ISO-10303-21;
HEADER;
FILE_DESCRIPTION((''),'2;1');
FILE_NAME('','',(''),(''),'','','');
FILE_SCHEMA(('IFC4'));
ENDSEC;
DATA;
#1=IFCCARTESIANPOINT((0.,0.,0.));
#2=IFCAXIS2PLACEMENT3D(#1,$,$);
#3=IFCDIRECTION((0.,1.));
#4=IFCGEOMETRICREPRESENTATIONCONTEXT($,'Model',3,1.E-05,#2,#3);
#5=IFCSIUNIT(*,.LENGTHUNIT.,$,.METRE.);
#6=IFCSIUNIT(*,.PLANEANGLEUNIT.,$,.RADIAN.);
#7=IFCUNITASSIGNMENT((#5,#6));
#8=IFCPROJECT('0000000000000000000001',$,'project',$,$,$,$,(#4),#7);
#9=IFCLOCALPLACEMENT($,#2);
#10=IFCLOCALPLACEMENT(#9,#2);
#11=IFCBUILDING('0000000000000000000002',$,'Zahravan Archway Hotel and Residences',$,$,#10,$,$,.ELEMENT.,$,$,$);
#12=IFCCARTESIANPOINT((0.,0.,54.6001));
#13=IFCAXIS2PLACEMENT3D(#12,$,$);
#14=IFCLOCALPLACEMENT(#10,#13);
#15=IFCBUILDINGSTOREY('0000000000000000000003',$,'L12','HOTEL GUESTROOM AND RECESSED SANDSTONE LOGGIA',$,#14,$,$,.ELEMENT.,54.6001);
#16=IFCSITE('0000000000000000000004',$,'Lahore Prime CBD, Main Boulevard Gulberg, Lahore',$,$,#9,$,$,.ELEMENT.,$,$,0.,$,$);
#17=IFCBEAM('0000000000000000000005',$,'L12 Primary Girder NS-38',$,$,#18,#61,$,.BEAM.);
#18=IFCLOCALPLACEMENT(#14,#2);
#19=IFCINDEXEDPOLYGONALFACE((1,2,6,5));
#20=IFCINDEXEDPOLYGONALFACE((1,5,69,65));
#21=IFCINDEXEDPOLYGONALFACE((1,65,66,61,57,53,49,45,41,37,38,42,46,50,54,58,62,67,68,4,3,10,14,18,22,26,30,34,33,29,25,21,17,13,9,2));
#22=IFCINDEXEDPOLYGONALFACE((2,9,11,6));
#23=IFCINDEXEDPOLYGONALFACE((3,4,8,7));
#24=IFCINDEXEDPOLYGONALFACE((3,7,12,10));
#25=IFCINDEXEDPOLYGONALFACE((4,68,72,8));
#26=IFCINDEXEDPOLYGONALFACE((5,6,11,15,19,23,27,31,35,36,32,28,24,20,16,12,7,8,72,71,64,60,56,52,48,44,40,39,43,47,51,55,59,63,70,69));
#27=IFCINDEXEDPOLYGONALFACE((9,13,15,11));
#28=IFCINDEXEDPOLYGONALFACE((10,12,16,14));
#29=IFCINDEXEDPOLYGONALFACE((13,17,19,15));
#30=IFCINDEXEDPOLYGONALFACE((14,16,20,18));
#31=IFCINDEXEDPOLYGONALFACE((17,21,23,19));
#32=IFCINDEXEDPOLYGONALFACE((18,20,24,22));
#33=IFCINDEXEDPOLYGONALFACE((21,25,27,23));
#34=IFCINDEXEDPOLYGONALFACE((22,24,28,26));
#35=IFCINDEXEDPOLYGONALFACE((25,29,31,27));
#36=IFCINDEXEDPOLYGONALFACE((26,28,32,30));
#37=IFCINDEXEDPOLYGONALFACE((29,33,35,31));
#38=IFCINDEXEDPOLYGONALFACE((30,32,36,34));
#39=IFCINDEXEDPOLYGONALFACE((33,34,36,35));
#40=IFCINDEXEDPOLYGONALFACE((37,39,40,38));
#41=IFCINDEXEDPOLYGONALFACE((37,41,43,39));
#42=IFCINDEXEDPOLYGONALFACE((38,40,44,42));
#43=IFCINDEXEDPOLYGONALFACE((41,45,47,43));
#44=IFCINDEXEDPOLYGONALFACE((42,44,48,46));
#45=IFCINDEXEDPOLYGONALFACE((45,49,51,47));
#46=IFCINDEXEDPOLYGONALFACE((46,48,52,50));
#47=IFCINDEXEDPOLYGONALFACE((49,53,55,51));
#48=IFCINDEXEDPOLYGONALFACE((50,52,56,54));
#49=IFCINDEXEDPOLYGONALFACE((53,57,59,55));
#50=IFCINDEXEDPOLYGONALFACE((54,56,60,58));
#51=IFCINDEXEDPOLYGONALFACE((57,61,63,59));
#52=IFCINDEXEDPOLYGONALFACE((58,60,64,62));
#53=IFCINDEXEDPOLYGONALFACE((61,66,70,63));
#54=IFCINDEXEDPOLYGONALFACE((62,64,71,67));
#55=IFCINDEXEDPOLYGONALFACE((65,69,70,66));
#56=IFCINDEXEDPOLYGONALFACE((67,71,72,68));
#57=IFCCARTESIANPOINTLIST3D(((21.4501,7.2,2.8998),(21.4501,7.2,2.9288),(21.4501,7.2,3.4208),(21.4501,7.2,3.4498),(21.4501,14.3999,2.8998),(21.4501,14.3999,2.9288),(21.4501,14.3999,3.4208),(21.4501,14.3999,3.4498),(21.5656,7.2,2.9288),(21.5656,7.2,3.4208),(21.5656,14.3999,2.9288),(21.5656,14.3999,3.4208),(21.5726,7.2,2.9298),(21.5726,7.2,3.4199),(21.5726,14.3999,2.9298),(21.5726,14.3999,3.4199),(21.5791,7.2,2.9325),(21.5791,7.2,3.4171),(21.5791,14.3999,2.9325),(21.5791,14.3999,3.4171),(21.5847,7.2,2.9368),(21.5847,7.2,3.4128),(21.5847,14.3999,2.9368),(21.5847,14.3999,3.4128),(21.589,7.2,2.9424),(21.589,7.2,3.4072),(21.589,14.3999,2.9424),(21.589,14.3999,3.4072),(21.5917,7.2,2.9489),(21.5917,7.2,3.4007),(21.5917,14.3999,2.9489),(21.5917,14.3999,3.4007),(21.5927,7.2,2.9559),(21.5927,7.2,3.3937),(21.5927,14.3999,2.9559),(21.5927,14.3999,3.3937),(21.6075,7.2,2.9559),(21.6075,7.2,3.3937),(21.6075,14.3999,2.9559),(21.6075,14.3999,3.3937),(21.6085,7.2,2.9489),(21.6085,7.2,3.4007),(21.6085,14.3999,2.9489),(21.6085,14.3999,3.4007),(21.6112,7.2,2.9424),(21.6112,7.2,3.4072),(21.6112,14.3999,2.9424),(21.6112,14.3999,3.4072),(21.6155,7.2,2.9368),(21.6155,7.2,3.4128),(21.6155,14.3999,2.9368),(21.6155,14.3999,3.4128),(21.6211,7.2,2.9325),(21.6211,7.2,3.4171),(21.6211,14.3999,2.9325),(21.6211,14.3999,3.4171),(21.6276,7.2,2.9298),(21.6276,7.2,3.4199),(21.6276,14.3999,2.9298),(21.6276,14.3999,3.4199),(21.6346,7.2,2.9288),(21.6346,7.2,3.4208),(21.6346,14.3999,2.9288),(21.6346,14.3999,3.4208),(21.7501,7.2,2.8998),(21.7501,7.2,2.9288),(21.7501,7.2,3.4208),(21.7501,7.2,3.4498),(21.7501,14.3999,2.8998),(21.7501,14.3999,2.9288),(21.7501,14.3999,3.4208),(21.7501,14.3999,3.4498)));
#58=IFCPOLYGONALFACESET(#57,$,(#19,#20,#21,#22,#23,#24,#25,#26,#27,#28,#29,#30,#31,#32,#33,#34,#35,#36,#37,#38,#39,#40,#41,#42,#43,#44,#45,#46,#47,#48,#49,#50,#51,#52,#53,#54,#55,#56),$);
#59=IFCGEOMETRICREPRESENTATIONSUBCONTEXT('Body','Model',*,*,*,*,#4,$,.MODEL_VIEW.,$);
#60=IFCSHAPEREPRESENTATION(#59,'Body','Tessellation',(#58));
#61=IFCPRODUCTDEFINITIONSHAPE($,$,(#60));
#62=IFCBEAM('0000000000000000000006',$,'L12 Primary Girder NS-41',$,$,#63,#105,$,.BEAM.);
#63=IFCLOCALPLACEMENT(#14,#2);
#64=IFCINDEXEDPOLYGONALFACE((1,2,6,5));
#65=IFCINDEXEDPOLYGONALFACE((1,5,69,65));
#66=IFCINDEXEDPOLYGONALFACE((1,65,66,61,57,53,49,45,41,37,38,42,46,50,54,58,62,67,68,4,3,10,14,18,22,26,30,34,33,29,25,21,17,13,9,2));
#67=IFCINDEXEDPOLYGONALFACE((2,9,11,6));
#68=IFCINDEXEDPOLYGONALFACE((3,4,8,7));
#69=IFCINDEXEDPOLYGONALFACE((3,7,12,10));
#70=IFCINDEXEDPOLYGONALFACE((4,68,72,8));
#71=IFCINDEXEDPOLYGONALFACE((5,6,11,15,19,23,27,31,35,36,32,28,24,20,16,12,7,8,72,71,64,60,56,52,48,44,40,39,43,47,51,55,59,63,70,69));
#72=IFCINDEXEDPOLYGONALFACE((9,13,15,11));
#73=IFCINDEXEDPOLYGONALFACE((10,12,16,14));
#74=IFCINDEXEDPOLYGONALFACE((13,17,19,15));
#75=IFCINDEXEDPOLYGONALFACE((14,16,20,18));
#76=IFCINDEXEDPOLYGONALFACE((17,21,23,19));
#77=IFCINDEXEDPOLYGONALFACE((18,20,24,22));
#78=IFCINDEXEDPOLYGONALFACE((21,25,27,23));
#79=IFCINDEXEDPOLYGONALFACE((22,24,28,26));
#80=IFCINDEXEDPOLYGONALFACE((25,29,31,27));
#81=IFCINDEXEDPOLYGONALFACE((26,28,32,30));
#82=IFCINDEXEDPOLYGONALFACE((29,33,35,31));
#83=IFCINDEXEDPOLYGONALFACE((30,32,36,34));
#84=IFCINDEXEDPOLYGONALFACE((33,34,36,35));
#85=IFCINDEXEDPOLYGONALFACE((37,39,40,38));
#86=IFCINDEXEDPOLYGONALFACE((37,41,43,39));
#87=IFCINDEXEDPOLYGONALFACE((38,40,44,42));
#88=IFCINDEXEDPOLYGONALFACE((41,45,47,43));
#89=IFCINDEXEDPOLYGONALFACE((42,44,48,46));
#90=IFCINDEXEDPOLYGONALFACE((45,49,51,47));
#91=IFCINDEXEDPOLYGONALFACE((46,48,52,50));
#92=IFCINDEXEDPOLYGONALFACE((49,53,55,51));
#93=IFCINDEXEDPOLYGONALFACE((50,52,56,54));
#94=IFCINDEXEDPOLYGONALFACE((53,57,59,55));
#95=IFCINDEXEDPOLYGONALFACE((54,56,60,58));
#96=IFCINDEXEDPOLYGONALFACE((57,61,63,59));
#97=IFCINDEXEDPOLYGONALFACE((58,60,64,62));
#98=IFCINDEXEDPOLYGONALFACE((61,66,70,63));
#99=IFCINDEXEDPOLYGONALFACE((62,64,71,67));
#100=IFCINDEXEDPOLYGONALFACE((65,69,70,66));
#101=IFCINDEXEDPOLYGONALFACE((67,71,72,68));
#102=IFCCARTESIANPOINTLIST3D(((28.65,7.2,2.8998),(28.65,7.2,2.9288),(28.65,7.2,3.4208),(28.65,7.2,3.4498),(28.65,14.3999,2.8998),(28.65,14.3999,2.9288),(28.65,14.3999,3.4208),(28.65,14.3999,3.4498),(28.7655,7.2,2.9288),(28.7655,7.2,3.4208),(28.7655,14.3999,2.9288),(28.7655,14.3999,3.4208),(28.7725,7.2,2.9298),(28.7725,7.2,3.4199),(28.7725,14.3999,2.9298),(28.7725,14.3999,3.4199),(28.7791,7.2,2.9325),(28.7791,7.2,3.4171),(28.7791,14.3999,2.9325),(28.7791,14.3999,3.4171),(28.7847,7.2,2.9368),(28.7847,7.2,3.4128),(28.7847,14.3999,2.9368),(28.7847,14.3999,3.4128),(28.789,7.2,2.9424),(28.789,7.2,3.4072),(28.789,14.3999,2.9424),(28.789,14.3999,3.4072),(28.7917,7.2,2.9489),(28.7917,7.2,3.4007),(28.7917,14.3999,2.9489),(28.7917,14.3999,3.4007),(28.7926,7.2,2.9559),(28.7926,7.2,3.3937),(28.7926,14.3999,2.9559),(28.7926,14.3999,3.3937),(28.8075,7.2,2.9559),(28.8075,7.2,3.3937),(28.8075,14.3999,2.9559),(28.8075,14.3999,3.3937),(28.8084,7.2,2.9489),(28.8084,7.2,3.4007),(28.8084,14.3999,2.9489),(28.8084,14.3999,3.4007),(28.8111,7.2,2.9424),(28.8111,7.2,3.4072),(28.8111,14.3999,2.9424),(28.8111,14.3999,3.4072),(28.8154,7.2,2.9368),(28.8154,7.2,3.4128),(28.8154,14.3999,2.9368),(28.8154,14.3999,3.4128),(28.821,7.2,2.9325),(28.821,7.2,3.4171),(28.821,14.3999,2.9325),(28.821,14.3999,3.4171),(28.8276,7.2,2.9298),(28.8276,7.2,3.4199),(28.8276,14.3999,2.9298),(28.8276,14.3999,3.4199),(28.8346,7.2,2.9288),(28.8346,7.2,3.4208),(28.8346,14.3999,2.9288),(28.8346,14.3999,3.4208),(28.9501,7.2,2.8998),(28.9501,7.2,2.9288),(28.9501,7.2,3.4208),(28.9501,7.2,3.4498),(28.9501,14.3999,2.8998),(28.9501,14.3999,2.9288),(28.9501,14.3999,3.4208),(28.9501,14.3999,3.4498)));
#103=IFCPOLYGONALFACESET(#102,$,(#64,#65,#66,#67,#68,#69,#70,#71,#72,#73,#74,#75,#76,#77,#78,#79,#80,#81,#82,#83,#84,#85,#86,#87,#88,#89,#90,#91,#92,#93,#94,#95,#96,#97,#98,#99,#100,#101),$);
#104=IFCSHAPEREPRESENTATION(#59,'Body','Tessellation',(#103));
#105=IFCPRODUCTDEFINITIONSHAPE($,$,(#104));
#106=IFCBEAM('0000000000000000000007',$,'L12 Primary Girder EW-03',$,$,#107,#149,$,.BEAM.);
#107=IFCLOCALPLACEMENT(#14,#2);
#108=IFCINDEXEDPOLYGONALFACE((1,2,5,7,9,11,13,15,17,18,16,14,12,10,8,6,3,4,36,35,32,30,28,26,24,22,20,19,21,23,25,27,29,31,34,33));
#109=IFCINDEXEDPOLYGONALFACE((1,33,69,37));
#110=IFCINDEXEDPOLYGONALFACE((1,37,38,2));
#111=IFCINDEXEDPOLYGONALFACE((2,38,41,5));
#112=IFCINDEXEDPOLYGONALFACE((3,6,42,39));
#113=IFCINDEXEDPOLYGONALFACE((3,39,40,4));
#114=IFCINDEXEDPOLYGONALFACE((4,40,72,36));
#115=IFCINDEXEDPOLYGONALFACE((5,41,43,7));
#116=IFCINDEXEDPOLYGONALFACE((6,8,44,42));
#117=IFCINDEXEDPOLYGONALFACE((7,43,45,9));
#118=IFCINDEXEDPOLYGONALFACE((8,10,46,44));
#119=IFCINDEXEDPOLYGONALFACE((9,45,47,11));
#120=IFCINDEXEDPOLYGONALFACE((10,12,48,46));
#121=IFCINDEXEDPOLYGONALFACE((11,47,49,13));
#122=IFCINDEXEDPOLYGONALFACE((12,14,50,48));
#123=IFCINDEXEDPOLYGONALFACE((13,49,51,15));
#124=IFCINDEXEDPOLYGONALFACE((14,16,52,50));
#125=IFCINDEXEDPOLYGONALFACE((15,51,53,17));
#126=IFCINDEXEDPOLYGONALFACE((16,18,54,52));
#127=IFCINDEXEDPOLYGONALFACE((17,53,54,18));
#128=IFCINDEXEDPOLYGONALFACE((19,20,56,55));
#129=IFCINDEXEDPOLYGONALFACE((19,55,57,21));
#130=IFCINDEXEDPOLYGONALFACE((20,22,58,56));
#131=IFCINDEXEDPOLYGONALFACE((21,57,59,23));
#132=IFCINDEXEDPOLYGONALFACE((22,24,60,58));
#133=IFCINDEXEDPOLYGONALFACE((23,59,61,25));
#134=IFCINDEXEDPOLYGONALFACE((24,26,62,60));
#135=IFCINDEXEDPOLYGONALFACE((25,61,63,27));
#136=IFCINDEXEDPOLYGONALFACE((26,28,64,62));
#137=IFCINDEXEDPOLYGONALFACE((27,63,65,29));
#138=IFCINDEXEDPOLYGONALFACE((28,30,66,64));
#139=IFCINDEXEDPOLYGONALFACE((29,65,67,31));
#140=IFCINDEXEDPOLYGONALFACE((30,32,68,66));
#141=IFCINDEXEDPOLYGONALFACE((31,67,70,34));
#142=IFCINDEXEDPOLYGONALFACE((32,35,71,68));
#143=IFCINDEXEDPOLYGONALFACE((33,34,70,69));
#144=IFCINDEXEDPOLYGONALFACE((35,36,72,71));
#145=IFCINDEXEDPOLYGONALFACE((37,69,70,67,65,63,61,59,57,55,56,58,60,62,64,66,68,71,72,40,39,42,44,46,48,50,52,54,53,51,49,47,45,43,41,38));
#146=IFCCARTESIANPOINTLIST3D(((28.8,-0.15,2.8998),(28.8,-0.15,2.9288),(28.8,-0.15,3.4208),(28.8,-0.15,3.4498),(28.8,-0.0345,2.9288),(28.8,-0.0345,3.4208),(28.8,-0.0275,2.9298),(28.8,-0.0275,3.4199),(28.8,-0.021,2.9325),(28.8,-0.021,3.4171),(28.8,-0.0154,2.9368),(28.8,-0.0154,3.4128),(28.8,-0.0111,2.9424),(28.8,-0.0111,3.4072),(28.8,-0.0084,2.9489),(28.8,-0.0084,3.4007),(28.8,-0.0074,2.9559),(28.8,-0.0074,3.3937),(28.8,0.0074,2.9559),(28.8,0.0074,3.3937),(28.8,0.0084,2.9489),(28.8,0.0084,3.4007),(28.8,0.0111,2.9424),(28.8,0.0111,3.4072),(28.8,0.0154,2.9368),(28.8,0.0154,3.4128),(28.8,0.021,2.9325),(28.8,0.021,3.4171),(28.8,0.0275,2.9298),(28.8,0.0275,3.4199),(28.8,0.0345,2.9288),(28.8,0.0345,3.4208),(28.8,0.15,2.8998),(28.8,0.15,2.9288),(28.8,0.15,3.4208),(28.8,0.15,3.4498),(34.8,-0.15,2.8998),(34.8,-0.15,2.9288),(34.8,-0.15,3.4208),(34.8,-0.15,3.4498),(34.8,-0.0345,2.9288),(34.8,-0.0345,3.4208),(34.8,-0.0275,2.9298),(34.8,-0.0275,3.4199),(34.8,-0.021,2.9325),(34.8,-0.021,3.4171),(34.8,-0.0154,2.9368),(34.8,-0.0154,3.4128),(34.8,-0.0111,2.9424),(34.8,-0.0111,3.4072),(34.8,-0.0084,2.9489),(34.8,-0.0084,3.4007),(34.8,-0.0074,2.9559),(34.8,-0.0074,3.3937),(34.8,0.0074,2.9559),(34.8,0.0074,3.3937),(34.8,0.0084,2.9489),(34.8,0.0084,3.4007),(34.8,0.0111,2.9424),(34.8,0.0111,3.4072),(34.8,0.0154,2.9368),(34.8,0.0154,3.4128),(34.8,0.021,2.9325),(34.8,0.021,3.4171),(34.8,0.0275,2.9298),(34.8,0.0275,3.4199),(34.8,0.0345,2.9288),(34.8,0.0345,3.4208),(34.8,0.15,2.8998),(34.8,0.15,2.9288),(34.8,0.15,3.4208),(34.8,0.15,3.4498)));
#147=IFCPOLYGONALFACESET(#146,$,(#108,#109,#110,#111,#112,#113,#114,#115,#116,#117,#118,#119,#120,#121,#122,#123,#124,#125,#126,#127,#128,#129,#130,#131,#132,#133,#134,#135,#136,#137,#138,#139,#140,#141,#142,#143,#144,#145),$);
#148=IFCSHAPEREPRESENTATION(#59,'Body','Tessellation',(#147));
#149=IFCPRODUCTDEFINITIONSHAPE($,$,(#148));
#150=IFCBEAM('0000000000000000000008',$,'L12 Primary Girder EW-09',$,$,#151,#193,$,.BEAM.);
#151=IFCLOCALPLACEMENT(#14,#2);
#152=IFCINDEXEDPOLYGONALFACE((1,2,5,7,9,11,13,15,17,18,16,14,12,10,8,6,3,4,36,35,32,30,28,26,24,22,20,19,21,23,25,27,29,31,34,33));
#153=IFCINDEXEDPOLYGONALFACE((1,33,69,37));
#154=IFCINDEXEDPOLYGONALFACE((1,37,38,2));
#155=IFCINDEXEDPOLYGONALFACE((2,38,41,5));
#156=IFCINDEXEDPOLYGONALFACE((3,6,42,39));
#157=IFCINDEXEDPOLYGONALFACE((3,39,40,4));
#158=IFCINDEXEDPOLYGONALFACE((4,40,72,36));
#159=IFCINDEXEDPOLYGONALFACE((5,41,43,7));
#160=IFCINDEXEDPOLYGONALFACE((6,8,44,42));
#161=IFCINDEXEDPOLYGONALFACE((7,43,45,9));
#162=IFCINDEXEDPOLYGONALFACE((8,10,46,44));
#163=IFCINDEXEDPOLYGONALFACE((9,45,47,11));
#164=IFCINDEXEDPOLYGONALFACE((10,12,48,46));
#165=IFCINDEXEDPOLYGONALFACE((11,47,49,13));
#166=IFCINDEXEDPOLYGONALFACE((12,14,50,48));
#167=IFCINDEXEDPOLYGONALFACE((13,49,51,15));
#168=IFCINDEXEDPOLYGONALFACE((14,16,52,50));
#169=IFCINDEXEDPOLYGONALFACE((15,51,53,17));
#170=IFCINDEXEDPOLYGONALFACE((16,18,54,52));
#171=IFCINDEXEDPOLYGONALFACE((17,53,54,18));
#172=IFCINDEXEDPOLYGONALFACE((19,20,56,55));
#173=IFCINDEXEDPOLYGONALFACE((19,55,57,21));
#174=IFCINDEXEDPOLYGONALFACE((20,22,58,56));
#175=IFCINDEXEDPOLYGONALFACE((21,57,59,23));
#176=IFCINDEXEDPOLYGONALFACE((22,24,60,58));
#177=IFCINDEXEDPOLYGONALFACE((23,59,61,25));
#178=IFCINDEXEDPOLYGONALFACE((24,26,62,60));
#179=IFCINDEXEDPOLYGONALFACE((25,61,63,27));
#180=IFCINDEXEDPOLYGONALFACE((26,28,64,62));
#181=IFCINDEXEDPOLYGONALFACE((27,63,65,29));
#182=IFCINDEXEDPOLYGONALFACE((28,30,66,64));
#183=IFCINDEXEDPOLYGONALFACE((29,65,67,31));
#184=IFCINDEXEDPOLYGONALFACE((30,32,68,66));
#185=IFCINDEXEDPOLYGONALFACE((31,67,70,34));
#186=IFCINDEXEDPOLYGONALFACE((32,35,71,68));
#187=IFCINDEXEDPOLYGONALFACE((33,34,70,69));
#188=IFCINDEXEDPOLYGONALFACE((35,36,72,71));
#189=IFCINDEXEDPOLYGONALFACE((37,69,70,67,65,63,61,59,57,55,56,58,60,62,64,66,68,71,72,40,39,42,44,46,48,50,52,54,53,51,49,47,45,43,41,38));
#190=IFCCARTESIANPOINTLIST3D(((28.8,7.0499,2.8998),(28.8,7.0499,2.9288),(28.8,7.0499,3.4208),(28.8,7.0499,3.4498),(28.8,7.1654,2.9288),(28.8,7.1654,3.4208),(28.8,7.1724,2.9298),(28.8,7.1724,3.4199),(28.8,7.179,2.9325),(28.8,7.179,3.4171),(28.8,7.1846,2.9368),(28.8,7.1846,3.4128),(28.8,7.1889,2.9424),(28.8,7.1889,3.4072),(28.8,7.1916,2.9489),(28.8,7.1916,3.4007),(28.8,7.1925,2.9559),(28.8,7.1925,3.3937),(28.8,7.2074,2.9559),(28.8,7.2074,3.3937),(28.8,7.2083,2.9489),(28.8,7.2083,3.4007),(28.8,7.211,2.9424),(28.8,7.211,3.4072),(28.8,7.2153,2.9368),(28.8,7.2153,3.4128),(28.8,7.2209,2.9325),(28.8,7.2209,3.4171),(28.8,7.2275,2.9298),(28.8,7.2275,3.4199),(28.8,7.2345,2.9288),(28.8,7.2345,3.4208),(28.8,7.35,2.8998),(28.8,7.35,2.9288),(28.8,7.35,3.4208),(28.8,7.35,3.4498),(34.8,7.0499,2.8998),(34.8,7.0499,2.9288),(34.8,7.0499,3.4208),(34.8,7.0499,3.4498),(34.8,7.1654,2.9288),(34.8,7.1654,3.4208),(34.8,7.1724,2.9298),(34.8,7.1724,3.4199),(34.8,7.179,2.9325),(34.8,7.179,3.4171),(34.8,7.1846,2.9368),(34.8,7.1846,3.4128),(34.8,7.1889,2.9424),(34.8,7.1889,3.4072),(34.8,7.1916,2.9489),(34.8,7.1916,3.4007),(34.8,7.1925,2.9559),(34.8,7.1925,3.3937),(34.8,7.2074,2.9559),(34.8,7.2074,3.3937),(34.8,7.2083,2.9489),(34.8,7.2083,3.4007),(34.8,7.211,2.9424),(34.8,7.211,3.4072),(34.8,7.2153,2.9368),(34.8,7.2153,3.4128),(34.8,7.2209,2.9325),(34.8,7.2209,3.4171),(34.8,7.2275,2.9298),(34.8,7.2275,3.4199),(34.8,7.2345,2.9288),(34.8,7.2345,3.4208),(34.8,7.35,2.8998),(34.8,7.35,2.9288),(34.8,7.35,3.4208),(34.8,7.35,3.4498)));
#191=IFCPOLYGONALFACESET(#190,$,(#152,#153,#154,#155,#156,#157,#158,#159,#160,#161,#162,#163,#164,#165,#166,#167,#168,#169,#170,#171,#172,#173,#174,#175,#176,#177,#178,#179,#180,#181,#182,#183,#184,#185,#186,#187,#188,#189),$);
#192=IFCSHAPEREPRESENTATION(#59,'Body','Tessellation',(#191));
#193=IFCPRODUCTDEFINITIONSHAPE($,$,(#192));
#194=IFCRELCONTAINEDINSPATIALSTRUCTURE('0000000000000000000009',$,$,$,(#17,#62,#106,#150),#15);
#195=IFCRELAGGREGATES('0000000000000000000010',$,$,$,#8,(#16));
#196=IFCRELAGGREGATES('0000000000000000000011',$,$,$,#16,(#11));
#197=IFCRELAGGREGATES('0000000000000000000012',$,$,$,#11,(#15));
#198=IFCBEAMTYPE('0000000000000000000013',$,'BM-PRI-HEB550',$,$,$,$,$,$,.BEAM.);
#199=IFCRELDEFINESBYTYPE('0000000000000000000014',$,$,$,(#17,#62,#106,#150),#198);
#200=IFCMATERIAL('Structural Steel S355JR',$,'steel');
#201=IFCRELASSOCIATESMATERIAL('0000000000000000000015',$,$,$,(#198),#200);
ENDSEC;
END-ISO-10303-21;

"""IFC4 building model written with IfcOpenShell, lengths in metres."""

from ifc_helpers import new_model, si_unit, direction, frame, origin, origin_2d, place, context, subcontext, project, spatial, i_section, extrude, source, transform, mapped, material, material_profile, profile_set, type_object, element, save


model = new_model("IFC4")

# Units and contexts
model_context = context("Model", 3, precision=1e-05, world=origin(), true_north=direction((0.0, 1.0)))
body_context = subcontext(model_context, "Body", "Model", "MODEL_VIEW")
ifc_project = project(units=[si_unit("LENGTHUNIT", "METRE"), si_unit("PLANEANGLEUNIT", "RADIAN")], contexts=[model_context])

# Site, building, storey
site_placement = place(None, origin())
site = spatial("IfcSite", under=ifc_project, at=site_placement, Name="Lahore Prime CBD, Main Boulevard Gulberg, Lahore", CompositionType="ELEMENT", RefElevation=0.0)
building_placement = place(site_placement, origin())
building = spatial("IfcBuilding", under=site, at=building_placement, Name="Zahravan Archway Hotel and Residences", CompositionType="ELEMENT")
storey_placement = place(building_placement, frame((0.0, 0.0, 54.6001)))
storey = spatial("IfcBuildingStorey", under=building, at=storey_placement, Name="L12", Description="HOTEL GUESTROOM AND RECESSED SANDSTONE LOGGIA", CompositionType="ELEMENT", Elevation=54.6001)

# Beams
ifc_material_1 = material(Name="Structural Steel S355JR", Category="steel")
ifc_material_profile_1 = material_profile(ifc_material_1, i_section(OverallWidth=0.3, OverallDepth=0.55, WebThickness=0.0149, FlangeThickness=0.0291, FilletRadius=0.0271, at=origin_2d()), Name="HEB 550", Category="steel")
ifc_profile_set_1 = profile_set([ifc_material_profile_1], Name="Structural Steel S355JR")
beam_type_1 = type_object("IfcBeamType", Name="BM-PRI-HEB550", PredefinedType="BEAM", material=ifc_profile_set_1)
shared_shape_1 = source(origin(), body_context, "Body", "SweptSolid", [
    extrude(i_section(OverallWidth=0.3, OverallDepth=0.55, WebThickness=0.0149, FlangeThickness=0.0291, FilletRadius=0.0271, at=origin_2d()), origin(), (0.0, 0.0, 1.0), 7.2),
])
for number, where, z_axis, x_axis, name in (
    (1, (21.6001, 7.2, 3.1748), (0.0, 1.0, 0.0), (-1.0, 0.0, 0.0), "L12 Primary Girder NS-38"),
    (2, (28.8, 7.2, 3.1748), (0.0, 1.0, 0.0), (-1.0, 0.0, 0.0), "L12 Primary Girder NS-41"),
):
    element("IfcBeam", number, at=place(storey_placement, frame(where, z_axis=z_axis, x_axis=x_axis)), inside=storey, type_object=beam_type_1, Name=name, PredefinedType="BEAM", context=body_context, shape_type="MappedRepresentation", body=[
        mapped(shared_shape_1, transform((0.0, 0.0, 0.0), scale=1.0)),
    ])
shared_shape_2 = source(origin(), body_context, "Body", "SweptSolid", [
    extrude(i_section(OverallWidth=0.3, OverallDepth=0.55, WebThickness=0.0149, FlangeThickness=0.0291, FilletRadius=0.0271, at=origin_2d()), origin(), (0.0, 0.0, 1.0), 6.0),
])
for number, where, z_axis, x_axis, name in (
    (3, (28.8, 0.0, 3.1748), (1.0, 0.0, 0.0), (0.0, 1.0, 0.0), "L12 Primary Girder EW-03"),
    (4, (28.8, 7.2, 3.1748), (1.0, 0.0, 0.0), (0.0, 1.0, 0.0), "L12 Primary Girder EW-09"),
):
    element("IfcBeam", number, at=place(storey_placement, frame(where, z_axis=z_axis, x_axis=x_axis)), inside=storey, type_object=beam_type_1, Name=name, PredefinedType="BEAM", context=body_context, shape_type="MappedRepresentation", body=[
        mapped(shared_shape_2, transform((0.0, 0.0, 0.0), scale=1.0)),
    ])

save(model, "model.ifc")
